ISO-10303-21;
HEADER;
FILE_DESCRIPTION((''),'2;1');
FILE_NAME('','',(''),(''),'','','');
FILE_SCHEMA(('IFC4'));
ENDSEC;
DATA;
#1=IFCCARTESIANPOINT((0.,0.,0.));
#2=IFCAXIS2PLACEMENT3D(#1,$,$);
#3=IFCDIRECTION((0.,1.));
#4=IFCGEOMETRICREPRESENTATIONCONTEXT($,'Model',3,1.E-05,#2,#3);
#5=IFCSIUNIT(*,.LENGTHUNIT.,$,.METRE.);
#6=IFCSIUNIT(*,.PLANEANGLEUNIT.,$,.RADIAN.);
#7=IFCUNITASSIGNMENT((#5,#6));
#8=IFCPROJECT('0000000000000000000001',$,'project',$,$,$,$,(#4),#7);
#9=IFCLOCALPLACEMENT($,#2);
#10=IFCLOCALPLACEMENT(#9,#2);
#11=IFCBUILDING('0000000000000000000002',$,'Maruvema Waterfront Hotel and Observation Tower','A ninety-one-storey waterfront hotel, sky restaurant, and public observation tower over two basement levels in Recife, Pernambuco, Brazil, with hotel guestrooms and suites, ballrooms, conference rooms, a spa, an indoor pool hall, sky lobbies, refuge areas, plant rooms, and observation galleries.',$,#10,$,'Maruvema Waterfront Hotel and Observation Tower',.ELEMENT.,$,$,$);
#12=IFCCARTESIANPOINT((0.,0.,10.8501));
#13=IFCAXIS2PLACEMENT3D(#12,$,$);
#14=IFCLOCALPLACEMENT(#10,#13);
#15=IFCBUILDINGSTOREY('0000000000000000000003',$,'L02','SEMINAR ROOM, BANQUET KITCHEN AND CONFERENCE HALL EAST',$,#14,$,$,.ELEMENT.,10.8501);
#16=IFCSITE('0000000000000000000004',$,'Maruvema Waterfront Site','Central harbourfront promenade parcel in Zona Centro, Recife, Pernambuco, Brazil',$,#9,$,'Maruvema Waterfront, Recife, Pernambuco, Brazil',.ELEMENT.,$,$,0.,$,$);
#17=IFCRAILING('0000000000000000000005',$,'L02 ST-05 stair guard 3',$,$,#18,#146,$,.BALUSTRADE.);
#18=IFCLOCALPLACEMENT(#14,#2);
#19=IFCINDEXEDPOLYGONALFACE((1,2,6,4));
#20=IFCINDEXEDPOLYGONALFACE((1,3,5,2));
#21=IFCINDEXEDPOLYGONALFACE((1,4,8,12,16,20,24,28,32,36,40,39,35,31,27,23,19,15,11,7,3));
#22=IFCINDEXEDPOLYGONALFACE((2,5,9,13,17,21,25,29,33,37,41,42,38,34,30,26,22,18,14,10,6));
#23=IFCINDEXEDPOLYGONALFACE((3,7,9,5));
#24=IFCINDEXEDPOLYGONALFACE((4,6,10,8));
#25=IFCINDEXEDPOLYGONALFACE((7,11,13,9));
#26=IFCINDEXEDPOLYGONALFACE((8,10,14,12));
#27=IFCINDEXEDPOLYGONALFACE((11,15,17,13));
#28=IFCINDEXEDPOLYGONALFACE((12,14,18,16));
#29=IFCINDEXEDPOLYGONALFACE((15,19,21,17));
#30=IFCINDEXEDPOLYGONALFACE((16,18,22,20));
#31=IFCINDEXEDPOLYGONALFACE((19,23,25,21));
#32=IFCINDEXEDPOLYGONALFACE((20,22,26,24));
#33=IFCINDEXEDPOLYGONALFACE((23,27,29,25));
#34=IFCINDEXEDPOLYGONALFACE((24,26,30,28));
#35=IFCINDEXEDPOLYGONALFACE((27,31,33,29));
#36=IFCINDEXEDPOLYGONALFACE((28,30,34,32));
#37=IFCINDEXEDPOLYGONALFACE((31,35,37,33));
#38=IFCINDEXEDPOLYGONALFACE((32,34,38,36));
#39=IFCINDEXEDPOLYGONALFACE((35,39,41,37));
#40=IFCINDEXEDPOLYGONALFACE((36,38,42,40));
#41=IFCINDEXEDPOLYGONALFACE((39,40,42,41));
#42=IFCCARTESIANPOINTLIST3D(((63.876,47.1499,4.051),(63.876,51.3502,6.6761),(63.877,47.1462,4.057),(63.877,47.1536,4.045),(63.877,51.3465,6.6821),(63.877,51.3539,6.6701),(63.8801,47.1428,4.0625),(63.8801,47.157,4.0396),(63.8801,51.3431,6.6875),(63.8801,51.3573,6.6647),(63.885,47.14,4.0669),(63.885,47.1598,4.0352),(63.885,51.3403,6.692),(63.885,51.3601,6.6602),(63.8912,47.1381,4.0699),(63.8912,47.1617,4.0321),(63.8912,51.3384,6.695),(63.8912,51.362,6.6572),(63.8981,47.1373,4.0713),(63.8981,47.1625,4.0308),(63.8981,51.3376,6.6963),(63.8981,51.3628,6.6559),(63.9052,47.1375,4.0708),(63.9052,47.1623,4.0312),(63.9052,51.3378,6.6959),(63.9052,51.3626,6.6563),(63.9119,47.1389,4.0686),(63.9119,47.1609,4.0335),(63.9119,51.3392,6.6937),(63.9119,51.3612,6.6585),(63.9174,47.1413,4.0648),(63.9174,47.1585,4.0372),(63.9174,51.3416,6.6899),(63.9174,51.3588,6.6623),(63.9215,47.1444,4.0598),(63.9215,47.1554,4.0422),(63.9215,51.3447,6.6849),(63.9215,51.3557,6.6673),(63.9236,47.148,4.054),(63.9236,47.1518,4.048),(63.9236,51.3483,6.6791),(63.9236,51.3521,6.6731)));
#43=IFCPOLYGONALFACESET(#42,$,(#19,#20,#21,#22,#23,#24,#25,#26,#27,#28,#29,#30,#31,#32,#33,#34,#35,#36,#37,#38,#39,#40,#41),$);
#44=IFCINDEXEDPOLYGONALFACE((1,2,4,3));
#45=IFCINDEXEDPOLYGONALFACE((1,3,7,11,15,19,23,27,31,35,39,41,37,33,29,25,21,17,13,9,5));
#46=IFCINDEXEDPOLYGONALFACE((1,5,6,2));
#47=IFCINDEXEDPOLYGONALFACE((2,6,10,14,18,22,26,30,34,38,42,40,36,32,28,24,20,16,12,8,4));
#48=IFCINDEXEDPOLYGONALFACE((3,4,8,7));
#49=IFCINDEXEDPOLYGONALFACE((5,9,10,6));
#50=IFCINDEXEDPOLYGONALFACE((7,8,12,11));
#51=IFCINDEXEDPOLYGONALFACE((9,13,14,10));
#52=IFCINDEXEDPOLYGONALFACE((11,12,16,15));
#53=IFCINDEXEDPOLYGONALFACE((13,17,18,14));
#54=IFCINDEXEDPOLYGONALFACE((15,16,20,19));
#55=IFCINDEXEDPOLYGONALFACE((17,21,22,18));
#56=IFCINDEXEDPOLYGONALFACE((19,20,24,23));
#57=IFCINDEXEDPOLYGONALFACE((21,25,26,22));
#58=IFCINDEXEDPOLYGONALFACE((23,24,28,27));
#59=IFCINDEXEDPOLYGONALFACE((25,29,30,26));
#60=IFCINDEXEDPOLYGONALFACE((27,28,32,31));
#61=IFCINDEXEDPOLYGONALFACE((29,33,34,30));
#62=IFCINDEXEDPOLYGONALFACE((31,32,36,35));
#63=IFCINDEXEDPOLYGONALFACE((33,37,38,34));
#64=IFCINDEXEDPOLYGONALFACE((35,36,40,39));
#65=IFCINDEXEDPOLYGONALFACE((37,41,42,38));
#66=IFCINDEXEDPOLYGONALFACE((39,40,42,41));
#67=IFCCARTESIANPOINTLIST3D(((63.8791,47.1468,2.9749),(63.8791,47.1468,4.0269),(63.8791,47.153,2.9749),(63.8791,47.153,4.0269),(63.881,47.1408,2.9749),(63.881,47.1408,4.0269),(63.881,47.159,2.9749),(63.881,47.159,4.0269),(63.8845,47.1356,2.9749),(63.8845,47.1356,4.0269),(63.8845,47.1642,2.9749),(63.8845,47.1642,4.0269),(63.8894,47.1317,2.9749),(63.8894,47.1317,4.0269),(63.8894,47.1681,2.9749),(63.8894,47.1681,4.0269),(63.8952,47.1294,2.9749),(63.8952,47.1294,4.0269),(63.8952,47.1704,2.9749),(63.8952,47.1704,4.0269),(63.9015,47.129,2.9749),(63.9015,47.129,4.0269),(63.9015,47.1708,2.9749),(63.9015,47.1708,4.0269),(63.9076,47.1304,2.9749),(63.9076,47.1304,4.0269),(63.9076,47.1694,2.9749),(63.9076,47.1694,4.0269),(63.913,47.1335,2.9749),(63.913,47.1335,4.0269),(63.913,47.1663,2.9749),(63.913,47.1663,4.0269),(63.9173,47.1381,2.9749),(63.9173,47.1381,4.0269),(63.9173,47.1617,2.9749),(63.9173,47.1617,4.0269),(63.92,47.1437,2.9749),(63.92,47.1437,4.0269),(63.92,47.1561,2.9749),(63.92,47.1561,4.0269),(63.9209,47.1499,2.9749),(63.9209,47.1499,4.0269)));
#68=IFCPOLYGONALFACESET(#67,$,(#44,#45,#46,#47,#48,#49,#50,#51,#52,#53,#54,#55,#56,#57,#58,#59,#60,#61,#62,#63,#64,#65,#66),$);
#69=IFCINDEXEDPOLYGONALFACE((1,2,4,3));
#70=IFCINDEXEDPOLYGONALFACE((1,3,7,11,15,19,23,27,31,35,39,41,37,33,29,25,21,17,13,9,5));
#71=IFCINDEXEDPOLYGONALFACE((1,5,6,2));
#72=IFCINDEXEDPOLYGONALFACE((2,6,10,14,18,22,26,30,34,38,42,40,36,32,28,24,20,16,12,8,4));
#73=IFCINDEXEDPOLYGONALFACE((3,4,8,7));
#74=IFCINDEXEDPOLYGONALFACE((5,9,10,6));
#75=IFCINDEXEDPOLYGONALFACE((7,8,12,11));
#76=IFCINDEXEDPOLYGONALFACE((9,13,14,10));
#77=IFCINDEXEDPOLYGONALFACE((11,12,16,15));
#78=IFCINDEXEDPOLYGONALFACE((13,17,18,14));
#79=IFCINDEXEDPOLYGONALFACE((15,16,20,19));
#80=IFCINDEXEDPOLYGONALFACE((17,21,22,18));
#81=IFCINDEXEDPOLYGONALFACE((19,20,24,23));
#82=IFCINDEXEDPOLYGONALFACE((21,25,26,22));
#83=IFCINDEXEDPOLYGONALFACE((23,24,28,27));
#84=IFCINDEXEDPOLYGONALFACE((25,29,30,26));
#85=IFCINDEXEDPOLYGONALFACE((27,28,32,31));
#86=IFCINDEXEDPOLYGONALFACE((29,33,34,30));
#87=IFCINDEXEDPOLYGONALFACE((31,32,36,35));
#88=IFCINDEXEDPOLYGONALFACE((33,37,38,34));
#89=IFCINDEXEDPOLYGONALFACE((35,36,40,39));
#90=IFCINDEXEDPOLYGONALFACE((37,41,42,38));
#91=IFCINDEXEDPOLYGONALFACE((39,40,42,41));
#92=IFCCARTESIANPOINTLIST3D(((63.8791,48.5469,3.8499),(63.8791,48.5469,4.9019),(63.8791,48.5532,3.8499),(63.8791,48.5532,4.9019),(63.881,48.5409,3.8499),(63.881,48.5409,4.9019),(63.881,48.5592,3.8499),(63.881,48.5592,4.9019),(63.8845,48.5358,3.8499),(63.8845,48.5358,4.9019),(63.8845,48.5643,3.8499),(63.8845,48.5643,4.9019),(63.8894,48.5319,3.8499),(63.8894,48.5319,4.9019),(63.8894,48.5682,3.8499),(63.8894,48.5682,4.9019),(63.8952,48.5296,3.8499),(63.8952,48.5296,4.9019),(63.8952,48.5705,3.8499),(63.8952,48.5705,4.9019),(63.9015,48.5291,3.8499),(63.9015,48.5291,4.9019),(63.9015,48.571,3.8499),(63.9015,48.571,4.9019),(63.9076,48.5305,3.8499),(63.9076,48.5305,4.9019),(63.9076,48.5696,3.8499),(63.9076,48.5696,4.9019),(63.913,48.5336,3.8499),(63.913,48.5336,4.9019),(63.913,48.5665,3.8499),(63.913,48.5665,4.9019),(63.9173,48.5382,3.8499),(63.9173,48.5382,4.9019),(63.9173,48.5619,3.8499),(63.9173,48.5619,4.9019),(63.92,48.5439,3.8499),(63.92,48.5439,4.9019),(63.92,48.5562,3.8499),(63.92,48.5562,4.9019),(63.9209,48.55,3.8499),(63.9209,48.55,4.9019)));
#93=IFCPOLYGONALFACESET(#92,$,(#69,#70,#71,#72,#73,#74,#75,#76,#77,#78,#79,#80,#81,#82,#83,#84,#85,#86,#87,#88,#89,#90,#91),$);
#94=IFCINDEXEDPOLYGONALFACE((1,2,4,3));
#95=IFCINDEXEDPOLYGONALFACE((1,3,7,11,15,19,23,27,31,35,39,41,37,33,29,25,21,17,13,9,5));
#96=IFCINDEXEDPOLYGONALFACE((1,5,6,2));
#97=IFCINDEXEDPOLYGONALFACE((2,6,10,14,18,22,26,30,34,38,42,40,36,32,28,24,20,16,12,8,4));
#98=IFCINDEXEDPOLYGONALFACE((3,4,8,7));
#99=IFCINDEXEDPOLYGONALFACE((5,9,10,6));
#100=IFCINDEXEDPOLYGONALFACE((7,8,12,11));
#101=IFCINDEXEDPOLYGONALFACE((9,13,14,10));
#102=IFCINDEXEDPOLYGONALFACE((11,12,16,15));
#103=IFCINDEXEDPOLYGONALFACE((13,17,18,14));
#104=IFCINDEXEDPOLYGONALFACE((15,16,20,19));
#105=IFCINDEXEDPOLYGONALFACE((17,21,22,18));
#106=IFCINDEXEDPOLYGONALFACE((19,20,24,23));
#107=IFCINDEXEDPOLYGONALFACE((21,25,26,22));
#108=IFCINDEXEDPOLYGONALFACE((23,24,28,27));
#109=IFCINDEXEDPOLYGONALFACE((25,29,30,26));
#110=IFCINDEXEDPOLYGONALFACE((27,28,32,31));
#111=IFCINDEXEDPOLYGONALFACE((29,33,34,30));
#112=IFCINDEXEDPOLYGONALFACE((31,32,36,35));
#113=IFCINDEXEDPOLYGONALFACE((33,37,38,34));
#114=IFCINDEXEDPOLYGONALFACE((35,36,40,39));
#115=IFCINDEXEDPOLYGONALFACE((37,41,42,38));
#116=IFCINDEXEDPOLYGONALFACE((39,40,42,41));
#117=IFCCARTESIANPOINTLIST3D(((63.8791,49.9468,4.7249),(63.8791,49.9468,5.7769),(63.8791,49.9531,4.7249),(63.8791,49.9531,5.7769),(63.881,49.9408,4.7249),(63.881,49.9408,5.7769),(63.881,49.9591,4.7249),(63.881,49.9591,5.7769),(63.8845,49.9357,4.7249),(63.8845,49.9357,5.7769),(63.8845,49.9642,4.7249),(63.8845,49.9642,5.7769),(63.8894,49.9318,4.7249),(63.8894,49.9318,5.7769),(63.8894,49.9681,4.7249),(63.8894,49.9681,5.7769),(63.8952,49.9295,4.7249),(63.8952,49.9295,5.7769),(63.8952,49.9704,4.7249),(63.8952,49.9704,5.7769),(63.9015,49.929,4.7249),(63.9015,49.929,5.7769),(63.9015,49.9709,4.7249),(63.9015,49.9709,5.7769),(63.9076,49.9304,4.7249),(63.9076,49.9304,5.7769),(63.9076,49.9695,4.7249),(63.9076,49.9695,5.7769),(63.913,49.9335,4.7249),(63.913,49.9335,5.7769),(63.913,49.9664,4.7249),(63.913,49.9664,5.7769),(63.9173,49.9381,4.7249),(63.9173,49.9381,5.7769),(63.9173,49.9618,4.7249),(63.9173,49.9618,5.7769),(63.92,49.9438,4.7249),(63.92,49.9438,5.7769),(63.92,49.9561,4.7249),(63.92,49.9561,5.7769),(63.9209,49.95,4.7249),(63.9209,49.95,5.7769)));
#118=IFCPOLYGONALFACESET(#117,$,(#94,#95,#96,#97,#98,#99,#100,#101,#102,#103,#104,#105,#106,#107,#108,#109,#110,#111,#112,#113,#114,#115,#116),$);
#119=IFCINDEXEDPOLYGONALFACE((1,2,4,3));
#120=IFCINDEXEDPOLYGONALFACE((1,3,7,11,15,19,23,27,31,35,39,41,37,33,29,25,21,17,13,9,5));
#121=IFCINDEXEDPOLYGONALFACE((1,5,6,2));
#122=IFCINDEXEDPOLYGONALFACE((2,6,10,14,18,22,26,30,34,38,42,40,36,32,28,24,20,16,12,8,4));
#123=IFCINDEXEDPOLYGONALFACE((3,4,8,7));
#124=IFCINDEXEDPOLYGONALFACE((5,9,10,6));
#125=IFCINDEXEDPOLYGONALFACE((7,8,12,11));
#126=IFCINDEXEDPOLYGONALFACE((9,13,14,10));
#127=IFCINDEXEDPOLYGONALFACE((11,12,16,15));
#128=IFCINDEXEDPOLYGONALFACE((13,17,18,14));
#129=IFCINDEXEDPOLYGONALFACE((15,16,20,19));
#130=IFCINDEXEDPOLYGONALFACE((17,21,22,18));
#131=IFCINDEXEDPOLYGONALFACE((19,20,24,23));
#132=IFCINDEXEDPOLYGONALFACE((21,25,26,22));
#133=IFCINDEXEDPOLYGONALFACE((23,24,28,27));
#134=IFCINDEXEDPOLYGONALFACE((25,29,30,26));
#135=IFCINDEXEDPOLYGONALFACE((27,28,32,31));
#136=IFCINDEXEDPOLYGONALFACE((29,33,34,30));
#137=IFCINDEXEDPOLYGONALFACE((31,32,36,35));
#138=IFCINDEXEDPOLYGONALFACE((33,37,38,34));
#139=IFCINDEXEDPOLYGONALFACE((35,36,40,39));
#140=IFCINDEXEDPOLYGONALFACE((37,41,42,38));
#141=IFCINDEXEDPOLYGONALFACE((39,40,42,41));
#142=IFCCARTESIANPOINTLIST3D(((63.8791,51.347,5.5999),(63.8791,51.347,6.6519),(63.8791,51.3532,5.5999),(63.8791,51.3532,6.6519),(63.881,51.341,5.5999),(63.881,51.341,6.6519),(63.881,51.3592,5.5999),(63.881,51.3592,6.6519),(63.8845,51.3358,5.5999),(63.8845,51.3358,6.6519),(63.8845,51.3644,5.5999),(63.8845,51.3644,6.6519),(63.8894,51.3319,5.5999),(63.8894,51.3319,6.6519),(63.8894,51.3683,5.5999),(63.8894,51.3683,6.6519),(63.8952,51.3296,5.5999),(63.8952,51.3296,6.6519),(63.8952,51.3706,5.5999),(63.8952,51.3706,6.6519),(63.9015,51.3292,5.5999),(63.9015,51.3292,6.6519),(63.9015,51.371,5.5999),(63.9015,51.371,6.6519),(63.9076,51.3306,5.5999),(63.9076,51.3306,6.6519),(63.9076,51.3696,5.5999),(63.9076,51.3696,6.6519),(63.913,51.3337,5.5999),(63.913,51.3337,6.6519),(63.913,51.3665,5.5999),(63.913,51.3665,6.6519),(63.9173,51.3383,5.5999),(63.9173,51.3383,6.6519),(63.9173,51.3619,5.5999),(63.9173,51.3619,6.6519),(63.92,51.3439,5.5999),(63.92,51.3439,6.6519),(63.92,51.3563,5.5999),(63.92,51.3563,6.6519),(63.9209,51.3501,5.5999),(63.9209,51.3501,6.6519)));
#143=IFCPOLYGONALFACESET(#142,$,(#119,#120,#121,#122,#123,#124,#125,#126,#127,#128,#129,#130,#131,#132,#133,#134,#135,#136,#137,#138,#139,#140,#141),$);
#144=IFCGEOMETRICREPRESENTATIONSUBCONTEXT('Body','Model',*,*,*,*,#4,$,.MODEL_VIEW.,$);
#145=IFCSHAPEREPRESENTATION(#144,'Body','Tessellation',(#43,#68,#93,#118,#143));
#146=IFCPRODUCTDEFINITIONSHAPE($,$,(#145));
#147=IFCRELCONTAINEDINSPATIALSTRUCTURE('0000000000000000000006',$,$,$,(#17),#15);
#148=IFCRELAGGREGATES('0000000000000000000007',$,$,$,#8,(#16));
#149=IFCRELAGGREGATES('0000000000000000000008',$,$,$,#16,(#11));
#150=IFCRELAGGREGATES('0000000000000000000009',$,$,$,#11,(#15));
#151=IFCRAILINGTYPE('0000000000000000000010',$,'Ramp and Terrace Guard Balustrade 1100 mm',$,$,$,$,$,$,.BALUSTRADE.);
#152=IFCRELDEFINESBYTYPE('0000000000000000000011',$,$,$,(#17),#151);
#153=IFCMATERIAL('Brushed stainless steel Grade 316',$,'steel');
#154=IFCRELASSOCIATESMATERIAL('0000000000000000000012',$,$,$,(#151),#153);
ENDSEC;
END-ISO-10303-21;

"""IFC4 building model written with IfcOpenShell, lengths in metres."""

from ifc_helpers import new_model, si_unit, direction, frame, origin, origin_2d, place, context, subcontext, project, spatial, circle, extrude, material, type_object, element, save


model = new_model("IFC4")

# Units and contexts
model_context = context("Model", 3, precision=1e-05, world=origin(), true_north=direction((0.0, 1.0)))
body_context = subcontext(model_context, "Body", "Model", "MODEL_VIEW")
ifc_project = project(units=[si_unit("LENGTHUNIT", "METRE"), si_unit("PLANEANGLEUNIT", "RADIAN")], contexts=[model_context])

# Site, building, storey
site_placement = place(None, origin())
site = spatial("IfcSite", under=ifc_project, at=site_placement, Name="Maruvema Waterfront Site", Description="Central harbourfront promenade parcel in Zona Centro, Recife, Pernambuco, Brazil", LongName="Maruvema Waterfront, Recife, Pernambuco, Brazil", CompositionType="ELEMENT", RefElevation=0.0)
building_placement = place(site_placement, origin())
building = spatial("IfcBuilding", under=site, at=building_placement, Name="Maruvema Waterfront Hotel and Observation Tower", Description="A ninety-one-storey waterfront hotel, sky restaurant, and public observation tower over two basement levels in Recife, Pernambuco, Brazil, with hotel guestrooms and suites, ballrooms, conference rooms, a spa, an indoor pool hall, sky lobbies, refuge areas, plant rooms, and observation galleries.", LongName="Maruvema Waterfront Hotel and Observation Tower", CompositionType="ELEMENT")
storey_placement = place(building_placement, frame((0.0, 0.0, 10.8501)))
storey = spatial("IfcBuildingStorey", under=building, at=storey_placement, Name="L02", Description="SEMINAR ROOM, BANQUET KITCHEN AND CONFERENCE HALL EAST", CompositionType="ELEMENT", Elevation=10.8501)

# Railing
ifc_material_1 = material(Name="Brushed stainless steel Grade 316", Category="steel")
railing_type_1 = type_object("IfcRailingType", Name="Ramp and Terrace Guard Balustrade 1100 mm", PredefinedType="BALUSTRADE", material=ifc_material_1)
railing_1_placement = place(storey_placement, frame((63.8999, 47.1499, 2.9749)))
element("IfcRailing", 1, at=railing_1_placement, inside=storey, type_object=railing_type_1, Name="L02 ST-05 stair guard 3", PredefinedType="BALUSTRADE", context=body_context, shape_type="SweptSolid", body=[
    extrude(circle(Radius=0.0239, at=origin_2d()), frame((0.0, 0.0, 1.0762), z_axis=(0.0, 0.848009, 0.529981), x_axis=(-1.0, 0.0, 0.0)), (0.0, 0.0, 1.0), 4.9531),
    extrude(circle(Radius=0.021, at=origin_2d()), origin(), (0.0, 0.0, 1.0), 1.052),
    extrude(circle(Radius=0.021, at=origin_2d()), frame((0.0, 1.4001, 0.875)), (0.0, 0.0, 1.0), 1.052),
    extrude(circle(Radius=0.021, at=origin_2d()), frame((0.0, 2.8, 1.75)), (0.0, 0.0, 1.0), 1.052),
    extrude(circle(Radius=0.021, at=origin_2d()), frame((0.0, 4.2002, 2.625)), (0.0, 0.0, 1.0), 1.052),
])

save(model, "model.ifc")
